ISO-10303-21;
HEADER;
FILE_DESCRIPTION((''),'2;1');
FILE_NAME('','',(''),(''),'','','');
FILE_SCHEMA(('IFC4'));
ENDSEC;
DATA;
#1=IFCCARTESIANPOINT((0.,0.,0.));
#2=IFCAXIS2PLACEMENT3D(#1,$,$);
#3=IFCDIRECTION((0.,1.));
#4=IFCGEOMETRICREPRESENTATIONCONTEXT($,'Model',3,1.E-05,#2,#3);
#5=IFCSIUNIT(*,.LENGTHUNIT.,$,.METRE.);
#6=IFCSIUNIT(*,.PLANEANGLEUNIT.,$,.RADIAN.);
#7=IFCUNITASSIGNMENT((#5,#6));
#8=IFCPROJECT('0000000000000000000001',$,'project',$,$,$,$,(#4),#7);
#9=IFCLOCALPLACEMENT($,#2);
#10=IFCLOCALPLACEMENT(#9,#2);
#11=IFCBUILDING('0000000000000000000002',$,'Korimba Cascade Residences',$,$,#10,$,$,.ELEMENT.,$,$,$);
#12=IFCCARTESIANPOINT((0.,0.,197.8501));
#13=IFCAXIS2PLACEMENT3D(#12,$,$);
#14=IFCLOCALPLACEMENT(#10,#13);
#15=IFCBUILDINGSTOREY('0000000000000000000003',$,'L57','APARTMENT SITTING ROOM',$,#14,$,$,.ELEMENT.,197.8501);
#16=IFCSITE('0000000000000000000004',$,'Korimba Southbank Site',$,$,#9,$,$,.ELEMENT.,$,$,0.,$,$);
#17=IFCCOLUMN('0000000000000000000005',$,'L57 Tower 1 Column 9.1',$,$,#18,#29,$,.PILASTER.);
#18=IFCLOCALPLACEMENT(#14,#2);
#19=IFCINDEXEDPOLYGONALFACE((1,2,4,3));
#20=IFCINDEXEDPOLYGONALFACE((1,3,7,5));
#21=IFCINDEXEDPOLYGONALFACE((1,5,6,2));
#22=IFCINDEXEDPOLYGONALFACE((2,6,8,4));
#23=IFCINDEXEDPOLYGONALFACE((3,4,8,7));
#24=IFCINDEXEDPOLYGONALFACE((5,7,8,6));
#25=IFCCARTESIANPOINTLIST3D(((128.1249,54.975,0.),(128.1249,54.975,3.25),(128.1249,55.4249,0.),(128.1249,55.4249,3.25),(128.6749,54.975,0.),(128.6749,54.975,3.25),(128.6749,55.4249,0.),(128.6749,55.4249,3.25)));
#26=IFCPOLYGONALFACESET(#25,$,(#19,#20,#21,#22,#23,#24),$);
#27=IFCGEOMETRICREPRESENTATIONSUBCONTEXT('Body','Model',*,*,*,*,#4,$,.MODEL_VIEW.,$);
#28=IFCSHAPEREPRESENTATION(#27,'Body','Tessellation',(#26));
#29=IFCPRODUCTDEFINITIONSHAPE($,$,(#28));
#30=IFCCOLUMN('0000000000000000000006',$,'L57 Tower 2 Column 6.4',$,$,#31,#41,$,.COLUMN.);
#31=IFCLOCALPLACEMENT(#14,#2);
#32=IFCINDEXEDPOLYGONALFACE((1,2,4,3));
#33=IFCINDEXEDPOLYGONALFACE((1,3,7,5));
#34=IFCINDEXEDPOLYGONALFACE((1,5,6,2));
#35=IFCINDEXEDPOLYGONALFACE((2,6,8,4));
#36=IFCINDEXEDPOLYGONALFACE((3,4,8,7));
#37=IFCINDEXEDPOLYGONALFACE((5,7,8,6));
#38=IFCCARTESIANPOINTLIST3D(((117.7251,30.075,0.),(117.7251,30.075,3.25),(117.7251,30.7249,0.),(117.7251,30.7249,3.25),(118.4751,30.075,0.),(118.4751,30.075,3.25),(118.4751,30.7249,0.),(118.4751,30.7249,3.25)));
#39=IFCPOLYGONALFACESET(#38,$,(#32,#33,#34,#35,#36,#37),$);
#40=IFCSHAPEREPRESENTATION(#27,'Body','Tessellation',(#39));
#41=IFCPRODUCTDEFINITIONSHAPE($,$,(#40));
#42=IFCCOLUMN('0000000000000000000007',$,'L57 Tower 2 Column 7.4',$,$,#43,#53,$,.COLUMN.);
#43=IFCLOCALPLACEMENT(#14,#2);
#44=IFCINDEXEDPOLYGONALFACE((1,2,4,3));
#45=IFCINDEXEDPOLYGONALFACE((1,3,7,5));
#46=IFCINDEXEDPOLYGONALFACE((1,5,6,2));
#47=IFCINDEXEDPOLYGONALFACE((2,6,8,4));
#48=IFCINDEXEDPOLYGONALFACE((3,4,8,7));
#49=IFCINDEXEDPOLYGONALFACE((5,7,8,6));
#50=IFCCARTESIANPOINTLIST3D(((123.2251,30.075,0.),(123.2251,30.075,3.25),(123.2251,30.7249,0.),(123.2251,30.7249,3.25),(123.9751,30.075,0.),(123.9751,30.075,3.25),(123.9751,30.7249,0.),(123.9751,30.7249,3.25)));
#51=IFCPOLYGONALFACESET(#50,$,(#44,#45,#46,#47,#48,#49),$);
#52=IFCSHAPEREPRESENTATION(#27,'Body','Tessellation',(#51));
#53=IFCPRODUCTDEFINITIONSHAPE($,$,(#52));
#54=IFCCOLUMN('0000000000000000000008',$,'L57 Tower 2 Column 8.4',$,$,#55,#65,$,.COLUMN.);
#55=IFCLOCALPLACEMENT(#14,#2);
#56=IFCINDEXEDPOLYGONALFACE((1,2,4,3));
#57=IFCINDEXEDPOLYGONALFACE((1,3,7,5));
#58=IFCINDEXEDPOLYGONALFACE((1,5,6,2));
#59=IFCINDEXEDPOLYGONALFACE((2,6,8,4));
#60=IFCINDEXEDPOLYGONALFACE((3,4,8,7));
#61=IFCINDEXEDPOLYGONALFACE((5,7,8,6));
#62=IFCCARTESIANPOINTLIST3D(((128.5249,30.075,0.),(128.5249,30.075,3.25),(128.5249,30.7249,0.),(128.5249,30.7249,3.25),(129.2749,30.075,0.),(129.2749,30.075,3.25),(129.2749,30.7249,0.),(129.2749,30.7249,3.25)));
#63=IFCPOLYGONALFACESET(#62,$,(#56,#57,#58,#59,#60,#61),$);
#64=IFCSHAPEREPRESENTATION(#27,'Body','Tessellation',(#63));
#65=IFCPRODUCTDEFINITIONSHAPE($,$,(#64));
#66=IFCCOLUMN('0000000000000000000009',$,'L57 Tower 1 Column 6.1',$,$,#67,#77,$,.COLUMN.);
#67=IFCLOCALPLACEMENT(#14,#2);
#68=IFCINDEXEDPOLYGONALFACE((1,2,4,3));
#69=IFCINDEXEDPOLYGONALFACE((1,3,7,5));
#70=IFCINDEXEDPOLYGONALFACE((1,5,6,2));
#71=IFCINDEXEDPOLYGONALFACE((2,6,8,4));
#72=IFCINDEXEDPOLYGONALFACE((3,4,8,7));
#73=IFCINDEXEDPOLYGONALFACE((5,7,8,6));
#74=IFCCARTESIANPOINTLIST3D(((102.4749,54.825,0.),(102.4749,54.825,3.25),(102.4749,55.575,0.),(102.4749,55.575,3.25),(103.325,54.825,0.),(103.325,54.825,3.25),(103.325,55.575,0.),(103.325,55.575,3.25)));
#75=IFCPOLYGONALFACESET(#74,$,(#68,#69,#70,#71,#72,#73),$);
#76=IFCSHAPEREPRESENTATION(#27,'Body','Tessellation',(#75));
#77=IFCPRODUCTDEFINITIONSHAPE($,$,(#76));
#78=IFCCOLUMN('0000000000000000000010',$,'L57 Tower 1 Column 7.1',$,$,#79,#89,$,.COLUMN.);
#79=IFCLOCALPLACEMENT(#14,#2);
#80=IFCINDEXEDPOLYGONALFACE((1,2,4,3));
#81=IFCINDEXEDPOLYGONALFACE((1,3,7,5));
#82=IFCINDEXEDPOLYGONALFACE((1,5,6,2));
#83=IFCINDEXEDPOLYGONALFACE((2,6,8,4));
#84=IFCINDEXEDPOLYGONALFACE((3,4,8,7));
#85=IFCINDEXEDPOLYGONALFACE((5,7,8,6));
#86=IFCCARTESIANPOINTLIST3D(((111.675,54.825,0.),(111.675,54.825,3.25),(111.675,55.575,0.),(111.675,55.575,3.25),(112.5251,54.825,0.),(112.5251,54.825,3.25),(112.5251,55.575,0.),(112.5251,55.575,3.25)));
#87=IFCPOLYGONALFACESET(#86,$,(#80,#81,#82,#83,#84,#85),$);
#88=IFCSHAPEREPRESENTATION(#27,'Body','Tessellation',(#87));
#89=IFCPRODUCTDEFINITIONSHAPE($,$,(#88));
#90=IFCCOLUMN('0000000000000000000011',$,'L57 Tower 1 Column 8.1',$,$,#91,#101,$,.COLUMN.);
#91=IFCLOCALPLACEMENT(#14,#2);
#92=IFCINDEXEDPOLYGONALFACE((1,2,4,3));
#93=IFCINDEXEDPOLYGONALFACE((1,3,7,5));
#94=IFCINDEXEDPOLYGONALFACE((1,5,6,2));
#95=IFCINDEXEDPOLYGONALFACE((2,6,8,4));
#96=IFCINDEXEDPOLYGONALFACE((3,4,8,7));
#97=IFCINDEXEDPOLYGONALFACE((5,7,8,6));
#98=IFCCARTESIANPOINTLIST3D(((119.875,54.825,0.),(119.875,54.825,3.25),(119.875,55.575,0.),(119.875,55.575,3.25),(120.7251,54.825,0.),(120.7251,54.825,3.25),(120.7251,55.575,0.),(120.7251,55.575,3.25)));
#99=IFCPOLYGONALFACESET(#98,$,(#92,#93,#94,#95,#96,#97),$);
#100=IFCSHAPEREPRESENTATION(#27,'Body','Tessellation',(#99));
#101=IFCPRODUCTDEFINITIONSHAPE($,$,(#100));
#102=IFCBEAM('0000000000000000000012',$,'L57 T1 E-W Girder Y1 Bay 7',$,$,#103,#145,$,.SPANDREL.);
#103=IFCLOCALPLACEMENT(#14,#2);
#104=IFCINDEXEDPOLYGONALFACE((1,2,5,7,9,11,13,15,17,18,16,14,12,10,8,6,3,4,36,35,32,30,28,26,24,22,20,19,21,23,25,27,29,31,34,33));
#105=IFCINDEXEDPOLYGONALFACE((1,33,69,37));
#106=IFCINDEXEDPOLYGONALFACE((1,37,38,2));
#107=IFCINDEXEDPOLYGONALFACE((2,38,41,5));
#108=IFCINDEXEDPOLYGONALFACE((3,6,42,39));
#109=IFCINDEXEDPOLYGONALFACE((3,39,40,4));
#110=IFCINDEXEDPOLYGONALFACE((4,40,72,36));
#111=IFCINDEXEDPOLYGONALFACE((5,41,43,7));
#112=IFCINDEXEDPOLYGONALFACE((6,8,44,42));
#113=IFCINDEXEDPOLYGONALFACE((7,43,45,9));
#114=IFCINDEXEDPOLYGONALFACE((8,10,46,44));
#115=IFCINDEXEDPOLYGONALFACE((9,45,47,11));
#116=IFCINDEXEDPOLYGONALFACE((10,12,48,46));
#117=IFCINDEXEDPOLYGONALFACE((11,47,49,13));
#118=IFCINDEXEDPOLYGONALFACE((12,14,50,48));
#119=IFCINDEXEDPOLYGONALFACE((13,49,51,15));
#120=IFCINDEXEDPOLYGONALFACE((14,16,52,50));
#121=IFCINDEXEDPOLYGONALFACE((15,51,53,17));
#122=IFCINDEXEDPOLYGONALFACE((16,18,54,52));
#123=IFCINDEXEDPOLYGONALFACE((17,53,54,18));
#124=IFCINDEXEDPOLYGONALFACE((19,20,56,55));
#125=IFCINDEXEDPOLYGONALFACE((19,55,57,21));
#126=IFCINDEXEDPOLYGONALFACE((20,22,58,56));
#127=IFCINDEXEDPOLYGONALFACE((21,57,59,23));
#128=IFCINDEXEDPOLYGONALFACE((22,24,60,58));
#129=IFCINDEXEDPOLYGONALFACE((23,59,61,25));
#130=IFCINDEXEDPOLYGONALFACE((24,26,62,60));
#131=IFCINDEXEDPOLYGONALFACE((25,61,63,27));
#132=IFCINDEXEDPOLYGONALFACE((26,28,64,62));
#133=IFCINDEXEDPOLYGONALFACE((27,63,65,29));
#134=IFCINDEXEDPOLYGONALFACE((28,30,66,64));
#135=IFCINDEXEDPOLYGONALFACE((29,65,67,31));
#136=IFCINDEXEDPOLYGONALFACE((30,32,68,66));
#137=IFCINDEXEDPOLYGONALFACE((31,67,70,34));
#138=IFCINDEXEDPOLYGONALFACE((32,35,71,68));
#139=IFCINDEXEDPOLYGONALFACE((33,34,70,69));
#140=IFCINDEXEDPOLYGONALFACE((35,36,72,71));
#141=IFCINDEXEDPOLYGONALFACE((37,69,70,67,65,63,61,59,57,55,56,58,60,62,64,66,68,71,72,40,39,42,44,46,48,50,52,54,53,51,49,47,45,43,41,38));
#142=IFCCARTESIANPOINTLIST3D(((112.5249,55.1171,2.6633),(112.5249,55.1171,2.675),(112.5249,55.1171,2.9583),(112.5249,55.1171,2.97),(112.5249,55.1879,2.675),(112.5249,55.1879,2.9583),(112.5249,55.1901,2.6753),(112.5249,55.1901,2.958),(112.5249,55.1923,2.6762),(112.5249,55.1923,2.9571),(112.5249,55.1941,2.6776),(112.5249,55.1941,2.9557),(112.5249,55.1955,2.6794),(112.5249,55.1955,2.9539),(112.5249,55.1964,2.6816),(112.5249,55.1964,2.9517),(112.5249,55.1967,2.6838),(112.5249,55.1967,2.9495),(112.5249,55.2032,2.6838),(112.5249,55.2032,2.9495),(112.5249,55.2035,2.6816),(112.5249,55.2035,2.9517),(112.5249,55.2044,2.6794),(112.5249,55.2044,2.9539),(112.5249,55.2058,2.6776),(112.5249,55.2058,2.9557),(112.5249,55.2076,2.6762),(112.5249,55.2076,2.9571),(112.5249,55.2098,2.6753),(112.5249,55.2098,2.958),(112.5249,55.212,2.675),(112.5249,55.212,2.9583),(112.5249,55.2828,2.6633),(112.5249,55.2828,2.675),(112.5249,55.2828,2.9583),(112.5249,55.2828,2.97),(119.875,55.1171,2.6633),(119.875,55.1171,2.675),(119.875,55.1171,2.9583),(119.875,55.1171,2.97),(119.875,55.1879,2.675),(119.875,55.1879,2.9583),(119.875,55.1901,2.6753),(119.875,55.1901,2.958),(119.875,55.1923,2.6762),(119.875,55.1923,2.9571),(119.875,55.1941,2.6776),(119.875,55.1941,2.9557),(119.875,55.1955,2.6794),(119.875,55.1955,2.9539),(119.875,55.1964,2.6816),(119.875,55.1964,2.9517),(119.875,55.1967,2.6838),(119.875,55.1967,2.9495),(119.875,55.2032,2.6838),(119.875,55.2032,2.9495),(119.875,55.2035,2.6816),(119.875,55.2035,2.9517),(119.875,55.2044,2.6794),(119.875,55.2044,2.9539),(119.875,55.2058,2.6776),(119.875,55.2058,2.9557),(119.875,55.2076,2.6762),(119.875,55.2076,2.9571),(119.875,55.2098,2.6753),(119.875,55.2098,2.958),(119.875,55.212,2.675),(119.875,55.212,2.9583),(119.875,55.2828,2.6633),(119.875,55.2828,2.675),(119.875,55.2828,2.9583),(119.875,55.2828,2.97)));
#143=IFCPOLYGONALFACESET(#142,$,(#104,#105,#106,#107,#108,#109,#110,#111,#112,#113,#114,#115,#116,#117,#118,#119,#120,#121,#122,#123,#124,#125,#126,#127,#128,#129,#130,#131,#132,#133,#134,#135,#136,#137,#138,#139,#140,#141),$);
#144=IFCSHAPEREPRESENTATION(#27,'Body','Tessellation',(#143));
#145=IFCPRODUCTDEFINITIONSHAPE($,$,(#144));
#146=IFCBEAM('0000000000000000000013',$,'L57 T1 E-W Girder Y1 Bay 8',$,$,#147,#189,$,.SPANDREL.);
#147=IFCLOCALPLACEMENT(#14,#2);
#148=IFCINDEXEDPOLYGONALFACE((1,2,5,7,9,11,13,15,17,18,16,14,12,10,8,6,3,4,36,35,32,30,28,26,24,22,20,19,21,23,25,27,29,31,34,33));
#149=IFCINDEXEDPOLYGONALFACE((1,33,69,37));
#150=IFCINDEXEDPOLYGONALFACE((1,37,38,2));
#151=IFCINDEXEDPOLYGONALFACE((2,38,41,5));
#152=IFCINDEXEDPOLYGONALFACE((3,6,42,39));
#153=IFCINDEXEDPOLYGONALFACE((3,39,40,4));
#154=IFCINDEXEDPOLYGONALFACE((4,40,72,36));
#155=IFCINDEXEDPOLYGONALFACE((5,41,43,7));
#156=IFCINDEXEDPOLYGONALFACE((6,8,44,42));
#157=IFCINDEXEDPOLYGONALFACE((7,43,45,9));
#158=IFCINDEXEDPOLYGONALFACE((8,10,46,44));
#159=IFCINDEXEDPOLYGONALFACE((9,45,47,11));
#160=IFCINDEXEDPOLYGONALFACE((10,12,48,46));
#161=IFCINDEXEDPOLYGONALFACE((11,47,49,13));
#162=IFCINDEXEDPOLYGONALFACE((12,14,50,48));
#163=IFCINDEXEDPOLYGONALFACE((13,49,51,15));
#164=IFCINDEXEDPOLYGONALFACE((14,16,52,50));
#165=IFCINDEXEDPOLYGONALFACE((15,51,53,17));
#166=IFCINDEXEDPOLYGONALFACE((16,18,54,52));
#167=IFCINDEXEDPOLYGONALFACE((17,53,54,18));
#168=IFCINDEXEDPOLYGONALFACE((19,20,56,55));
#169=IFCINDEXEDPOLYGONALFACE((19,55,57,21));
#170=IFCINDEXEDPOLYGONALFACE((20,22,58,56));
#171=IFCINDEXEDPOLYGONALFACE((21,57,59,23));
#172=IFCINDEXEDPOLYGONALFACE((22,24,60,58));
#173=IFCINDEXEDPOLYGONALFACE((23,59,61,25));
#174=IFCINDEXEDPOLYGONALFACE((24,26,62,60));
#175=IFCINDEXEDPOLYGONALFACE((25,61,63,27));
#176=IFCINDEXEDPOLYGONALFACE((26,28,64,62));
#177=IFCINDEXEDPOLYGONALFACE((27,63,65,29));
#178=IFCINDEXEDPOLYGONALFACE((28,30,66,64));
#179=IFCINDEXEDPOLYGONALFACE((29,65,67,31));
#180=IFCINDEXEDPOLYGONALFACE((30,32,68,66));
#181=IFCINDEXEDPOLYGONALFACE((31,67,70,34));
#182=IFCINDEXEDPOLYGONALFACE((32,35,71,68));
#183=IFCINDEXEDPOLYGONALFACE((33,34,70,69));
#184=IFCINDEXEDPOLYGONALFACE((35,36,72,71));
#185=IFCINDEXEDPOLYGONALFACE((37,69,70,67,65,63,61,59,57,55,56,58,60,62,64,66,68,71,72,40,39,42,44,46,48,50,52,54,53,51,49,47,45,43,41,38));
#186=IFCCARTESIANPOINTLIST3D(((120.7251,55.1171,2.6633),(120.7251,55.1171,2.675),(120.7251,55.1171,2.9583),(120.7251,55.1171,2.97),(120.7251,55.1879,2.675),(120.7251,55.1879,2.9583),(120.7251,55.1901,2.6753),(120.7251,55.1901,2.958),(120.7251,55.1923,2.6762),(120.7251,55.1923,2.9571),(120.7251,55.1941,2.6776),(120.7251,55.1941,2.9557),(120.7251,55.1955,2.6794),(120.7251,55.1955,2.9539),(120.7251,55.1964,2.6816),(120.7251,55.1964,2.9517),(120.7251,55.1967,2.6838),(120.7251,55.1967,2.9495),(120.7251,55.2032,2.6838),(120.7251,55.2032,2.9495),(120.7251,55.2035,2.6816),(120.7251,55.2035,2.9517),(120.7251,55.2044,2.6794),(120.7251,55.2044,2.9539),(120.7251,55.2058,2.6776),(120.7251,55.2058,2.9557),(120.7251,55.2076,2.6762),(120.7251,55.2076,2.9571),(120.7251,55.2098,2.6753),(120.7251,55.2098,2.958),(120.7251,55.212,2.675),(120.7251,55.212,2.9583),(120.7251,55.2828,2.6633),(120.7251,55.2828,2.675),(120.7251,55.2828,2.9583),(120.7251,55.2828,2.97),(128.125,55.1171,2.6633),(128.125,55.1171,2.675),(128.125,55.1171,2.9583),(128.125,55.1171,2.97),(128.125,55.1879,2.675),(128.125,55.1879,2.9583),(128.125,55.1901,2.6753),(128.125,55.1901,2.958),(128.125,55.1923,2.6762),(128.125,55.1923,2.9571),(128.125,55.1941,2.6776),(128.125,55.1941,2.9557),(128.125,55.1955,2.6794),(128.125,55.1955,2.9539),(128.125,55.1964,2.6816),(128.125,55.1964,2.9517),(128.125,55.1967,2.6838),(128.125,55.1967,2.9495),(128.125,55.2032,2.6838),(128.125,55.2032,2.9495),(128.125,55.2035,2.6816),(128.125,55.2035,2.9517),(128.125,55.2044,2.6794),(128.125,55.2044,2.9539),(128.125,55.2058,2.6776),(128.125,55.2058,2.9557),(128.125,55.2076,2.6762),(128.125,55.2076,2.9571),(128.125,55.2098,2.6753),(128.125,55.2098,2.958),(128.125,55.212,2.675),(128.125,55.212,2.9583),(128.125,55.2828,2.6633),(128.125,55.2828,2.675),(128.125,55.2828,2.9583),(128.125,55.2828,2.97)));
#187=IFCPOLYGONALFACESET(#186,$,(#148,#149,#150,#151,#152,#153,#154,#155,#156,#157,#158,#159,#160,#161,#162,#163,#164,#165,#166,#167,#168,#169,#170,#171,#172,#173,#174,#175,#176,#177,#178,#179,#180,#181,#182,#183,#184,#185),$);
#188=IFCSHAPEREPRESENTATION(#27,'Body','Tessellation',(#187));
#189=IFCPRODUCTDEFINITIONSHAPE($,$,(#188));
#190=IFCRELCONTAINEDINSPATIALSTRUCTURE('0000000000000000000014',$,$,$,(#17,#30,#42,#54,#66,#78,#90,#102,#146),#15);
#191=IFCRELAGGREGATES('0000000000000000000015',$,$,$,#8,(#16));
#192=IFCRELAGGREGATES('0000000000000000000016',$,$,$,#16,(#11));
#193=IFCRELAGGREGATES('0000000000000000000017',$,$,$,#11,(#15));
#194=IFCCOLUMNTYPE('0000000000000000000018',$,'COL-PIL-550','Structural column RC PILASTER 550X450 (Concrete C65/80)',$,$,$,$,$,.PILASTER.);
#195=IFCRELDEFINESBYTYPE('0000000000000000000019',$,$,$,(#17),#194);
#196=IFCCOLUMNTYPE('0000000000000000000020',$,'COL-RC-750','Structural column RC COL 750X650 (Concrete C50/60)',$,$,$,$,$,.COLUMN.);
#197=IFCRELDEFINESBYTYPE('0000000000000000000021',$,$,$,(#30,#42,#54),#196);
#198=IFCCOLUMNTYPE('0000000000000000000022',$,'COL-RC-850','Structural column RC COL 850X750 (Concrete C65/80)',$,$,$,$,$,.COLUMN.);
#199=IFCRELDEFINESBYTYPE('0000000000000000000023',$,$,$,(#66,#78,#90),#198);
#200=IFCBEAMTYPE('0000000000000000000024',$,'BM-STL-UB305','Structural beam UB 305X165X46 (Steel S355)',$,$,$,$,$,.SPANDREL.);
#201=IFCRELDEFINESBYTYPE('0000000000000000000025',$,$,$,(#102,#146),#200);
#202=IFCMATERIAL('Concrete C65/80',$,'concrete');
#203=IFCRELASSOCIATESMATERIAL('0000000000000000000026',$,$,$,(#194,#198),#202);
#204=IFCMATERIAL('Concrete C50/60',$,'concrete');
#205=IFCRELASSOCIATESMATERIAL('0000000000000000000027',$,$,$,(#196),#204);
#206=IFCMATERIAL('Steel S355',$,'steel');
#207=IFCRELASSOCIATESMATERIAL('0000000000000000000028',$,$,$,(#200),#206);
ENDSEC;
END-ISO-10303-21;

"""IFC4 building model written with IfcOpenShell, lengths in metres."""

from ifc_helpers import new_model, si_unit, direction, frame, origin, origin_2d, place, context, subcontext, project, spatial, rectangle, i_section, extrude, material, material_profile, profile_set, type_object, element, save


model = new_model("IFC4")

# Units and contexts
model_context = context("Model", 3, precision=1e-05, world=origin(), true_north=direction((0.0, 1.0)))
body_context = subcontext(model_context, "Body", "Model", "MODEL_VIEW")
ifc_project = project(units=[si_unit("LENGTHUNIT", "METRE"), si_unit("PLANEANGLEUNIT", "RADIAN")], contexts=[model_context])

# Site, building, storey
site_placement = place(None, origin())
site = spatial("IfcSite", under=ifc_project, at=site_placement, Name="Korimba Southbank Site", CompositionType="ELEMENT", RefElevation=0.0)
building_placement = place(site_placement, origin())
building = spatial("IfcBuilding", under=site, at=building_placement, Name="Korimba Cascade Residences", CompositionType="ELEMENT")
storey_placement = place(building_placement, frame((0.0, 0.0, 197.8501)))
storey = spatial("IfcBuildingStorey", under=building, at=storey_placement, Name="L57", Description="APARTMENT SITTING ROOM", CompositionType="ELEMENT", Elevation=197.8501)

# Columns
ifc_material_1 = material(Name="Concrete C65/80", Category="concrete")
ifc_material_profile_1 = material_profile(ifc_material_1, rectangle(XDim=0.55, YDim=0.45, at=origin_2d()), Name="Concrete C65/80")
ifc_profile_set_1 = profile_set([ifc_material_profile_1], Name="Concrete C65/80")
column_type_1 = type_object("IfcColumnType", Name="COL-PIL-550", Description="Structural column RC PILASTER 550X450 (Concrete C65/80)", PredefinedType="PILASTER", material=ifc_profile_set_1)
column_placement = place(storey_placement, frame((128.3999, 55.2, 0.0), z_axis=(0.0, 0.0, 1.0), x_axis=(1.0, 0.0, 0.0)))
element("IfcColumn", 1, at=column_placement, inside=storey, type_object=column_type_1, Name="L57 Tower 1 Column 9.1", PredefinedType="PILASTER", context=body_context, shape_type="SweptSolid", body=[
    extrude(rectangle(XDim=0.55, YDim=0.45, at=origin_2d()), origin(), (0.0, 0.0, 1.0), 3.25),
])
ifc_material_2 = material(Name="Concrete C50/60", Category="concrete")
ifc_material_profile_2 = material_profile(ifc_material_2, rectangle(XDim=0.75, YDim=0.6499, at=origin_2d()), Name="Concrete C50/60")
ifc_profile_set_2 = profile_set([ifc_material_profile_2], Name="Concrete C50/60")
column_type_2 = type_object("IfcColumnType", Name="COL-RC-750", Description="Structural column RC COL 750X650 (Concrete C50/60)", PredefinedType="COLUMN", material=ifc_profile_set_2)
for number, where, z_axis, x_axis, name in (
    (2, (118.1001, 30.3999, 0.0), (0.0, 0.0, 1.0), (1.0, 0.0, 0.0), "L57 Tower 2 Column 6.4"),
    (3, (123.6001, 30.3999, 0.0), (0.0, 0.0, 1.0), (1.0, 0.0, 0.0), "L57 Tower 2 Column 7.4"),
    (4, (128.8999, 30.3999, 0.0), (0.0, 0.0, 1.0), (1.0, 0.0, 0.0), "L57 Tower 2 Column 8.4"),
):
    element("IfcColumn", number, at=place(storey_placement, frame(where, z_axis=z_axis, x_axis=x_axis)), inside=storey, type_object=column_type_2, Name=name, PredefinedType="COLUMN", context=body_context, shape_type="SweptSolid", body=[
        extrude(rectangle(XDim=0.75, YDim=0.6499, at=origin_2d()), origin(), (0.0, 0.0, 1.0), 3.25),
    ])
ifc_material_profile_3 = material_profile(ifc_material_1, rectangle(XDim=0.8501, YDim=0.75, at=origin_2d()), Name="Concrete C65/80")
ifc_profile_set_3 = profile_set([ifc_material_profile_3], Name="Concrete C65/80")
column_type_3 = type_object("IfcColumnType", Name="COL-RC-850", Description="Structural column RC COL 850X750 (Concrete C65/80)", PredefinedType="COLUMN", material=ifc_profile_set_3)
for number, where, z_axis, x_axis, name in (
    (5, (102.8999, 55.2, 0.0), (0.0, 0.0, 1.0), (1.0, 0.0, 0.0), "L57 Tower 1 Column 6.1"),
    (6, (112.1001, 55.2, 0.0), (0.0, 0.0, 1.0), (1.0, 0.0, 0.0), "L57 Tower 1 Column 7.1"),
    (7, (120.3, 55.2, 0.0), (0.0, 0.0, 1.0), (1.0, 0.0, 0.0), "L57 Tower 1 Column 8.1"),
):
    element("IfcColumn", number, at=place(storey_placement, frame(where, z_axis=z_axis, x_axis=x_axis)), inside=storey, type_object=column_type_3, Name=name, PredefinedType="COLUMN", context=body_context, shape_type="SweptSolid", body=[
        extrude(rectangle(XDim=0.8501, YDim=0.75, at=origin_2d()), origin(), (0.0, 0.0, 1.0), 3.25),
    ])

# Beams
ifc_material_3 = material(Name="Steel S355", Category="steel")
ifc_material_profile_4 = material_profile(ifc_material_3, i_section(OverallWidth=0.1658, OverallDepth=0.3066, WebThickness=0.0066, FlangeThickness=0.0117, FilletRadius=0.0088, at=origin_2d()), Name="Steel S355")
ifc_profile_set_4 = profile_set([ifc_material_profile_4], Name="Steel S355")
beam_type_1 = type_object("IfcBeamType", Name="BM-STL-UB305", Description="Structural beam UB 305X165X46 (Steel S355)", PredefinedType="SPANDREL", material=ifc_profile_set_4)
beam_1_placement = place(storey_placement, frame((112.5249, 55.2, 2.8167), z_axis=(1.0, 0.0, 0.0), x_axis=(0.0, 1.0, 0.0)))
element("IfcBeam", 8, at=beam_1_placement, inside=storey, type_object=beam_type_1, Name="L57 T1 E-W Girder Y1 Bay 7", PredefinedType="SPANDREL", context=body_context, shape_type="SweptSolid", body=[
    extrude(i_section(OverallWidth=0.1658, OverallDepth=0.3066, WebThickness=0.0066, FlangeThickness=0.0117, FilletRadius=0.0088, at=origin_2d()), origin(), (0.0, 0.0, 1.0), 7.3501),
])
beam_2_placement = place(storey_placement, frame((120.7251, 55.2, 2.8167), z_axis=(1.0, 0.0, 0.0), x_axis=(0.0, 1.0, 0.0)))
element("IfcBeam", 9, at=beam_2_placement, inside=storey, type_object=beam_type_1, Name="L57 T1 E-W Girder Y1 Bay 8", PredefinedType="SPANDREL", context=body_context, shape_type="SweptSolid", body=[
    extrude(i_section(OverallWidth=0.1658, OverallDepth=0.3066, WebThickness=0.0066, FlangeThickness=0.0117, FilletRadius=0.0088, at=origin_2d()), origin(), (0.0, 0.0, 1.0), 7.3999),
])

save(model, "model.ifc")
